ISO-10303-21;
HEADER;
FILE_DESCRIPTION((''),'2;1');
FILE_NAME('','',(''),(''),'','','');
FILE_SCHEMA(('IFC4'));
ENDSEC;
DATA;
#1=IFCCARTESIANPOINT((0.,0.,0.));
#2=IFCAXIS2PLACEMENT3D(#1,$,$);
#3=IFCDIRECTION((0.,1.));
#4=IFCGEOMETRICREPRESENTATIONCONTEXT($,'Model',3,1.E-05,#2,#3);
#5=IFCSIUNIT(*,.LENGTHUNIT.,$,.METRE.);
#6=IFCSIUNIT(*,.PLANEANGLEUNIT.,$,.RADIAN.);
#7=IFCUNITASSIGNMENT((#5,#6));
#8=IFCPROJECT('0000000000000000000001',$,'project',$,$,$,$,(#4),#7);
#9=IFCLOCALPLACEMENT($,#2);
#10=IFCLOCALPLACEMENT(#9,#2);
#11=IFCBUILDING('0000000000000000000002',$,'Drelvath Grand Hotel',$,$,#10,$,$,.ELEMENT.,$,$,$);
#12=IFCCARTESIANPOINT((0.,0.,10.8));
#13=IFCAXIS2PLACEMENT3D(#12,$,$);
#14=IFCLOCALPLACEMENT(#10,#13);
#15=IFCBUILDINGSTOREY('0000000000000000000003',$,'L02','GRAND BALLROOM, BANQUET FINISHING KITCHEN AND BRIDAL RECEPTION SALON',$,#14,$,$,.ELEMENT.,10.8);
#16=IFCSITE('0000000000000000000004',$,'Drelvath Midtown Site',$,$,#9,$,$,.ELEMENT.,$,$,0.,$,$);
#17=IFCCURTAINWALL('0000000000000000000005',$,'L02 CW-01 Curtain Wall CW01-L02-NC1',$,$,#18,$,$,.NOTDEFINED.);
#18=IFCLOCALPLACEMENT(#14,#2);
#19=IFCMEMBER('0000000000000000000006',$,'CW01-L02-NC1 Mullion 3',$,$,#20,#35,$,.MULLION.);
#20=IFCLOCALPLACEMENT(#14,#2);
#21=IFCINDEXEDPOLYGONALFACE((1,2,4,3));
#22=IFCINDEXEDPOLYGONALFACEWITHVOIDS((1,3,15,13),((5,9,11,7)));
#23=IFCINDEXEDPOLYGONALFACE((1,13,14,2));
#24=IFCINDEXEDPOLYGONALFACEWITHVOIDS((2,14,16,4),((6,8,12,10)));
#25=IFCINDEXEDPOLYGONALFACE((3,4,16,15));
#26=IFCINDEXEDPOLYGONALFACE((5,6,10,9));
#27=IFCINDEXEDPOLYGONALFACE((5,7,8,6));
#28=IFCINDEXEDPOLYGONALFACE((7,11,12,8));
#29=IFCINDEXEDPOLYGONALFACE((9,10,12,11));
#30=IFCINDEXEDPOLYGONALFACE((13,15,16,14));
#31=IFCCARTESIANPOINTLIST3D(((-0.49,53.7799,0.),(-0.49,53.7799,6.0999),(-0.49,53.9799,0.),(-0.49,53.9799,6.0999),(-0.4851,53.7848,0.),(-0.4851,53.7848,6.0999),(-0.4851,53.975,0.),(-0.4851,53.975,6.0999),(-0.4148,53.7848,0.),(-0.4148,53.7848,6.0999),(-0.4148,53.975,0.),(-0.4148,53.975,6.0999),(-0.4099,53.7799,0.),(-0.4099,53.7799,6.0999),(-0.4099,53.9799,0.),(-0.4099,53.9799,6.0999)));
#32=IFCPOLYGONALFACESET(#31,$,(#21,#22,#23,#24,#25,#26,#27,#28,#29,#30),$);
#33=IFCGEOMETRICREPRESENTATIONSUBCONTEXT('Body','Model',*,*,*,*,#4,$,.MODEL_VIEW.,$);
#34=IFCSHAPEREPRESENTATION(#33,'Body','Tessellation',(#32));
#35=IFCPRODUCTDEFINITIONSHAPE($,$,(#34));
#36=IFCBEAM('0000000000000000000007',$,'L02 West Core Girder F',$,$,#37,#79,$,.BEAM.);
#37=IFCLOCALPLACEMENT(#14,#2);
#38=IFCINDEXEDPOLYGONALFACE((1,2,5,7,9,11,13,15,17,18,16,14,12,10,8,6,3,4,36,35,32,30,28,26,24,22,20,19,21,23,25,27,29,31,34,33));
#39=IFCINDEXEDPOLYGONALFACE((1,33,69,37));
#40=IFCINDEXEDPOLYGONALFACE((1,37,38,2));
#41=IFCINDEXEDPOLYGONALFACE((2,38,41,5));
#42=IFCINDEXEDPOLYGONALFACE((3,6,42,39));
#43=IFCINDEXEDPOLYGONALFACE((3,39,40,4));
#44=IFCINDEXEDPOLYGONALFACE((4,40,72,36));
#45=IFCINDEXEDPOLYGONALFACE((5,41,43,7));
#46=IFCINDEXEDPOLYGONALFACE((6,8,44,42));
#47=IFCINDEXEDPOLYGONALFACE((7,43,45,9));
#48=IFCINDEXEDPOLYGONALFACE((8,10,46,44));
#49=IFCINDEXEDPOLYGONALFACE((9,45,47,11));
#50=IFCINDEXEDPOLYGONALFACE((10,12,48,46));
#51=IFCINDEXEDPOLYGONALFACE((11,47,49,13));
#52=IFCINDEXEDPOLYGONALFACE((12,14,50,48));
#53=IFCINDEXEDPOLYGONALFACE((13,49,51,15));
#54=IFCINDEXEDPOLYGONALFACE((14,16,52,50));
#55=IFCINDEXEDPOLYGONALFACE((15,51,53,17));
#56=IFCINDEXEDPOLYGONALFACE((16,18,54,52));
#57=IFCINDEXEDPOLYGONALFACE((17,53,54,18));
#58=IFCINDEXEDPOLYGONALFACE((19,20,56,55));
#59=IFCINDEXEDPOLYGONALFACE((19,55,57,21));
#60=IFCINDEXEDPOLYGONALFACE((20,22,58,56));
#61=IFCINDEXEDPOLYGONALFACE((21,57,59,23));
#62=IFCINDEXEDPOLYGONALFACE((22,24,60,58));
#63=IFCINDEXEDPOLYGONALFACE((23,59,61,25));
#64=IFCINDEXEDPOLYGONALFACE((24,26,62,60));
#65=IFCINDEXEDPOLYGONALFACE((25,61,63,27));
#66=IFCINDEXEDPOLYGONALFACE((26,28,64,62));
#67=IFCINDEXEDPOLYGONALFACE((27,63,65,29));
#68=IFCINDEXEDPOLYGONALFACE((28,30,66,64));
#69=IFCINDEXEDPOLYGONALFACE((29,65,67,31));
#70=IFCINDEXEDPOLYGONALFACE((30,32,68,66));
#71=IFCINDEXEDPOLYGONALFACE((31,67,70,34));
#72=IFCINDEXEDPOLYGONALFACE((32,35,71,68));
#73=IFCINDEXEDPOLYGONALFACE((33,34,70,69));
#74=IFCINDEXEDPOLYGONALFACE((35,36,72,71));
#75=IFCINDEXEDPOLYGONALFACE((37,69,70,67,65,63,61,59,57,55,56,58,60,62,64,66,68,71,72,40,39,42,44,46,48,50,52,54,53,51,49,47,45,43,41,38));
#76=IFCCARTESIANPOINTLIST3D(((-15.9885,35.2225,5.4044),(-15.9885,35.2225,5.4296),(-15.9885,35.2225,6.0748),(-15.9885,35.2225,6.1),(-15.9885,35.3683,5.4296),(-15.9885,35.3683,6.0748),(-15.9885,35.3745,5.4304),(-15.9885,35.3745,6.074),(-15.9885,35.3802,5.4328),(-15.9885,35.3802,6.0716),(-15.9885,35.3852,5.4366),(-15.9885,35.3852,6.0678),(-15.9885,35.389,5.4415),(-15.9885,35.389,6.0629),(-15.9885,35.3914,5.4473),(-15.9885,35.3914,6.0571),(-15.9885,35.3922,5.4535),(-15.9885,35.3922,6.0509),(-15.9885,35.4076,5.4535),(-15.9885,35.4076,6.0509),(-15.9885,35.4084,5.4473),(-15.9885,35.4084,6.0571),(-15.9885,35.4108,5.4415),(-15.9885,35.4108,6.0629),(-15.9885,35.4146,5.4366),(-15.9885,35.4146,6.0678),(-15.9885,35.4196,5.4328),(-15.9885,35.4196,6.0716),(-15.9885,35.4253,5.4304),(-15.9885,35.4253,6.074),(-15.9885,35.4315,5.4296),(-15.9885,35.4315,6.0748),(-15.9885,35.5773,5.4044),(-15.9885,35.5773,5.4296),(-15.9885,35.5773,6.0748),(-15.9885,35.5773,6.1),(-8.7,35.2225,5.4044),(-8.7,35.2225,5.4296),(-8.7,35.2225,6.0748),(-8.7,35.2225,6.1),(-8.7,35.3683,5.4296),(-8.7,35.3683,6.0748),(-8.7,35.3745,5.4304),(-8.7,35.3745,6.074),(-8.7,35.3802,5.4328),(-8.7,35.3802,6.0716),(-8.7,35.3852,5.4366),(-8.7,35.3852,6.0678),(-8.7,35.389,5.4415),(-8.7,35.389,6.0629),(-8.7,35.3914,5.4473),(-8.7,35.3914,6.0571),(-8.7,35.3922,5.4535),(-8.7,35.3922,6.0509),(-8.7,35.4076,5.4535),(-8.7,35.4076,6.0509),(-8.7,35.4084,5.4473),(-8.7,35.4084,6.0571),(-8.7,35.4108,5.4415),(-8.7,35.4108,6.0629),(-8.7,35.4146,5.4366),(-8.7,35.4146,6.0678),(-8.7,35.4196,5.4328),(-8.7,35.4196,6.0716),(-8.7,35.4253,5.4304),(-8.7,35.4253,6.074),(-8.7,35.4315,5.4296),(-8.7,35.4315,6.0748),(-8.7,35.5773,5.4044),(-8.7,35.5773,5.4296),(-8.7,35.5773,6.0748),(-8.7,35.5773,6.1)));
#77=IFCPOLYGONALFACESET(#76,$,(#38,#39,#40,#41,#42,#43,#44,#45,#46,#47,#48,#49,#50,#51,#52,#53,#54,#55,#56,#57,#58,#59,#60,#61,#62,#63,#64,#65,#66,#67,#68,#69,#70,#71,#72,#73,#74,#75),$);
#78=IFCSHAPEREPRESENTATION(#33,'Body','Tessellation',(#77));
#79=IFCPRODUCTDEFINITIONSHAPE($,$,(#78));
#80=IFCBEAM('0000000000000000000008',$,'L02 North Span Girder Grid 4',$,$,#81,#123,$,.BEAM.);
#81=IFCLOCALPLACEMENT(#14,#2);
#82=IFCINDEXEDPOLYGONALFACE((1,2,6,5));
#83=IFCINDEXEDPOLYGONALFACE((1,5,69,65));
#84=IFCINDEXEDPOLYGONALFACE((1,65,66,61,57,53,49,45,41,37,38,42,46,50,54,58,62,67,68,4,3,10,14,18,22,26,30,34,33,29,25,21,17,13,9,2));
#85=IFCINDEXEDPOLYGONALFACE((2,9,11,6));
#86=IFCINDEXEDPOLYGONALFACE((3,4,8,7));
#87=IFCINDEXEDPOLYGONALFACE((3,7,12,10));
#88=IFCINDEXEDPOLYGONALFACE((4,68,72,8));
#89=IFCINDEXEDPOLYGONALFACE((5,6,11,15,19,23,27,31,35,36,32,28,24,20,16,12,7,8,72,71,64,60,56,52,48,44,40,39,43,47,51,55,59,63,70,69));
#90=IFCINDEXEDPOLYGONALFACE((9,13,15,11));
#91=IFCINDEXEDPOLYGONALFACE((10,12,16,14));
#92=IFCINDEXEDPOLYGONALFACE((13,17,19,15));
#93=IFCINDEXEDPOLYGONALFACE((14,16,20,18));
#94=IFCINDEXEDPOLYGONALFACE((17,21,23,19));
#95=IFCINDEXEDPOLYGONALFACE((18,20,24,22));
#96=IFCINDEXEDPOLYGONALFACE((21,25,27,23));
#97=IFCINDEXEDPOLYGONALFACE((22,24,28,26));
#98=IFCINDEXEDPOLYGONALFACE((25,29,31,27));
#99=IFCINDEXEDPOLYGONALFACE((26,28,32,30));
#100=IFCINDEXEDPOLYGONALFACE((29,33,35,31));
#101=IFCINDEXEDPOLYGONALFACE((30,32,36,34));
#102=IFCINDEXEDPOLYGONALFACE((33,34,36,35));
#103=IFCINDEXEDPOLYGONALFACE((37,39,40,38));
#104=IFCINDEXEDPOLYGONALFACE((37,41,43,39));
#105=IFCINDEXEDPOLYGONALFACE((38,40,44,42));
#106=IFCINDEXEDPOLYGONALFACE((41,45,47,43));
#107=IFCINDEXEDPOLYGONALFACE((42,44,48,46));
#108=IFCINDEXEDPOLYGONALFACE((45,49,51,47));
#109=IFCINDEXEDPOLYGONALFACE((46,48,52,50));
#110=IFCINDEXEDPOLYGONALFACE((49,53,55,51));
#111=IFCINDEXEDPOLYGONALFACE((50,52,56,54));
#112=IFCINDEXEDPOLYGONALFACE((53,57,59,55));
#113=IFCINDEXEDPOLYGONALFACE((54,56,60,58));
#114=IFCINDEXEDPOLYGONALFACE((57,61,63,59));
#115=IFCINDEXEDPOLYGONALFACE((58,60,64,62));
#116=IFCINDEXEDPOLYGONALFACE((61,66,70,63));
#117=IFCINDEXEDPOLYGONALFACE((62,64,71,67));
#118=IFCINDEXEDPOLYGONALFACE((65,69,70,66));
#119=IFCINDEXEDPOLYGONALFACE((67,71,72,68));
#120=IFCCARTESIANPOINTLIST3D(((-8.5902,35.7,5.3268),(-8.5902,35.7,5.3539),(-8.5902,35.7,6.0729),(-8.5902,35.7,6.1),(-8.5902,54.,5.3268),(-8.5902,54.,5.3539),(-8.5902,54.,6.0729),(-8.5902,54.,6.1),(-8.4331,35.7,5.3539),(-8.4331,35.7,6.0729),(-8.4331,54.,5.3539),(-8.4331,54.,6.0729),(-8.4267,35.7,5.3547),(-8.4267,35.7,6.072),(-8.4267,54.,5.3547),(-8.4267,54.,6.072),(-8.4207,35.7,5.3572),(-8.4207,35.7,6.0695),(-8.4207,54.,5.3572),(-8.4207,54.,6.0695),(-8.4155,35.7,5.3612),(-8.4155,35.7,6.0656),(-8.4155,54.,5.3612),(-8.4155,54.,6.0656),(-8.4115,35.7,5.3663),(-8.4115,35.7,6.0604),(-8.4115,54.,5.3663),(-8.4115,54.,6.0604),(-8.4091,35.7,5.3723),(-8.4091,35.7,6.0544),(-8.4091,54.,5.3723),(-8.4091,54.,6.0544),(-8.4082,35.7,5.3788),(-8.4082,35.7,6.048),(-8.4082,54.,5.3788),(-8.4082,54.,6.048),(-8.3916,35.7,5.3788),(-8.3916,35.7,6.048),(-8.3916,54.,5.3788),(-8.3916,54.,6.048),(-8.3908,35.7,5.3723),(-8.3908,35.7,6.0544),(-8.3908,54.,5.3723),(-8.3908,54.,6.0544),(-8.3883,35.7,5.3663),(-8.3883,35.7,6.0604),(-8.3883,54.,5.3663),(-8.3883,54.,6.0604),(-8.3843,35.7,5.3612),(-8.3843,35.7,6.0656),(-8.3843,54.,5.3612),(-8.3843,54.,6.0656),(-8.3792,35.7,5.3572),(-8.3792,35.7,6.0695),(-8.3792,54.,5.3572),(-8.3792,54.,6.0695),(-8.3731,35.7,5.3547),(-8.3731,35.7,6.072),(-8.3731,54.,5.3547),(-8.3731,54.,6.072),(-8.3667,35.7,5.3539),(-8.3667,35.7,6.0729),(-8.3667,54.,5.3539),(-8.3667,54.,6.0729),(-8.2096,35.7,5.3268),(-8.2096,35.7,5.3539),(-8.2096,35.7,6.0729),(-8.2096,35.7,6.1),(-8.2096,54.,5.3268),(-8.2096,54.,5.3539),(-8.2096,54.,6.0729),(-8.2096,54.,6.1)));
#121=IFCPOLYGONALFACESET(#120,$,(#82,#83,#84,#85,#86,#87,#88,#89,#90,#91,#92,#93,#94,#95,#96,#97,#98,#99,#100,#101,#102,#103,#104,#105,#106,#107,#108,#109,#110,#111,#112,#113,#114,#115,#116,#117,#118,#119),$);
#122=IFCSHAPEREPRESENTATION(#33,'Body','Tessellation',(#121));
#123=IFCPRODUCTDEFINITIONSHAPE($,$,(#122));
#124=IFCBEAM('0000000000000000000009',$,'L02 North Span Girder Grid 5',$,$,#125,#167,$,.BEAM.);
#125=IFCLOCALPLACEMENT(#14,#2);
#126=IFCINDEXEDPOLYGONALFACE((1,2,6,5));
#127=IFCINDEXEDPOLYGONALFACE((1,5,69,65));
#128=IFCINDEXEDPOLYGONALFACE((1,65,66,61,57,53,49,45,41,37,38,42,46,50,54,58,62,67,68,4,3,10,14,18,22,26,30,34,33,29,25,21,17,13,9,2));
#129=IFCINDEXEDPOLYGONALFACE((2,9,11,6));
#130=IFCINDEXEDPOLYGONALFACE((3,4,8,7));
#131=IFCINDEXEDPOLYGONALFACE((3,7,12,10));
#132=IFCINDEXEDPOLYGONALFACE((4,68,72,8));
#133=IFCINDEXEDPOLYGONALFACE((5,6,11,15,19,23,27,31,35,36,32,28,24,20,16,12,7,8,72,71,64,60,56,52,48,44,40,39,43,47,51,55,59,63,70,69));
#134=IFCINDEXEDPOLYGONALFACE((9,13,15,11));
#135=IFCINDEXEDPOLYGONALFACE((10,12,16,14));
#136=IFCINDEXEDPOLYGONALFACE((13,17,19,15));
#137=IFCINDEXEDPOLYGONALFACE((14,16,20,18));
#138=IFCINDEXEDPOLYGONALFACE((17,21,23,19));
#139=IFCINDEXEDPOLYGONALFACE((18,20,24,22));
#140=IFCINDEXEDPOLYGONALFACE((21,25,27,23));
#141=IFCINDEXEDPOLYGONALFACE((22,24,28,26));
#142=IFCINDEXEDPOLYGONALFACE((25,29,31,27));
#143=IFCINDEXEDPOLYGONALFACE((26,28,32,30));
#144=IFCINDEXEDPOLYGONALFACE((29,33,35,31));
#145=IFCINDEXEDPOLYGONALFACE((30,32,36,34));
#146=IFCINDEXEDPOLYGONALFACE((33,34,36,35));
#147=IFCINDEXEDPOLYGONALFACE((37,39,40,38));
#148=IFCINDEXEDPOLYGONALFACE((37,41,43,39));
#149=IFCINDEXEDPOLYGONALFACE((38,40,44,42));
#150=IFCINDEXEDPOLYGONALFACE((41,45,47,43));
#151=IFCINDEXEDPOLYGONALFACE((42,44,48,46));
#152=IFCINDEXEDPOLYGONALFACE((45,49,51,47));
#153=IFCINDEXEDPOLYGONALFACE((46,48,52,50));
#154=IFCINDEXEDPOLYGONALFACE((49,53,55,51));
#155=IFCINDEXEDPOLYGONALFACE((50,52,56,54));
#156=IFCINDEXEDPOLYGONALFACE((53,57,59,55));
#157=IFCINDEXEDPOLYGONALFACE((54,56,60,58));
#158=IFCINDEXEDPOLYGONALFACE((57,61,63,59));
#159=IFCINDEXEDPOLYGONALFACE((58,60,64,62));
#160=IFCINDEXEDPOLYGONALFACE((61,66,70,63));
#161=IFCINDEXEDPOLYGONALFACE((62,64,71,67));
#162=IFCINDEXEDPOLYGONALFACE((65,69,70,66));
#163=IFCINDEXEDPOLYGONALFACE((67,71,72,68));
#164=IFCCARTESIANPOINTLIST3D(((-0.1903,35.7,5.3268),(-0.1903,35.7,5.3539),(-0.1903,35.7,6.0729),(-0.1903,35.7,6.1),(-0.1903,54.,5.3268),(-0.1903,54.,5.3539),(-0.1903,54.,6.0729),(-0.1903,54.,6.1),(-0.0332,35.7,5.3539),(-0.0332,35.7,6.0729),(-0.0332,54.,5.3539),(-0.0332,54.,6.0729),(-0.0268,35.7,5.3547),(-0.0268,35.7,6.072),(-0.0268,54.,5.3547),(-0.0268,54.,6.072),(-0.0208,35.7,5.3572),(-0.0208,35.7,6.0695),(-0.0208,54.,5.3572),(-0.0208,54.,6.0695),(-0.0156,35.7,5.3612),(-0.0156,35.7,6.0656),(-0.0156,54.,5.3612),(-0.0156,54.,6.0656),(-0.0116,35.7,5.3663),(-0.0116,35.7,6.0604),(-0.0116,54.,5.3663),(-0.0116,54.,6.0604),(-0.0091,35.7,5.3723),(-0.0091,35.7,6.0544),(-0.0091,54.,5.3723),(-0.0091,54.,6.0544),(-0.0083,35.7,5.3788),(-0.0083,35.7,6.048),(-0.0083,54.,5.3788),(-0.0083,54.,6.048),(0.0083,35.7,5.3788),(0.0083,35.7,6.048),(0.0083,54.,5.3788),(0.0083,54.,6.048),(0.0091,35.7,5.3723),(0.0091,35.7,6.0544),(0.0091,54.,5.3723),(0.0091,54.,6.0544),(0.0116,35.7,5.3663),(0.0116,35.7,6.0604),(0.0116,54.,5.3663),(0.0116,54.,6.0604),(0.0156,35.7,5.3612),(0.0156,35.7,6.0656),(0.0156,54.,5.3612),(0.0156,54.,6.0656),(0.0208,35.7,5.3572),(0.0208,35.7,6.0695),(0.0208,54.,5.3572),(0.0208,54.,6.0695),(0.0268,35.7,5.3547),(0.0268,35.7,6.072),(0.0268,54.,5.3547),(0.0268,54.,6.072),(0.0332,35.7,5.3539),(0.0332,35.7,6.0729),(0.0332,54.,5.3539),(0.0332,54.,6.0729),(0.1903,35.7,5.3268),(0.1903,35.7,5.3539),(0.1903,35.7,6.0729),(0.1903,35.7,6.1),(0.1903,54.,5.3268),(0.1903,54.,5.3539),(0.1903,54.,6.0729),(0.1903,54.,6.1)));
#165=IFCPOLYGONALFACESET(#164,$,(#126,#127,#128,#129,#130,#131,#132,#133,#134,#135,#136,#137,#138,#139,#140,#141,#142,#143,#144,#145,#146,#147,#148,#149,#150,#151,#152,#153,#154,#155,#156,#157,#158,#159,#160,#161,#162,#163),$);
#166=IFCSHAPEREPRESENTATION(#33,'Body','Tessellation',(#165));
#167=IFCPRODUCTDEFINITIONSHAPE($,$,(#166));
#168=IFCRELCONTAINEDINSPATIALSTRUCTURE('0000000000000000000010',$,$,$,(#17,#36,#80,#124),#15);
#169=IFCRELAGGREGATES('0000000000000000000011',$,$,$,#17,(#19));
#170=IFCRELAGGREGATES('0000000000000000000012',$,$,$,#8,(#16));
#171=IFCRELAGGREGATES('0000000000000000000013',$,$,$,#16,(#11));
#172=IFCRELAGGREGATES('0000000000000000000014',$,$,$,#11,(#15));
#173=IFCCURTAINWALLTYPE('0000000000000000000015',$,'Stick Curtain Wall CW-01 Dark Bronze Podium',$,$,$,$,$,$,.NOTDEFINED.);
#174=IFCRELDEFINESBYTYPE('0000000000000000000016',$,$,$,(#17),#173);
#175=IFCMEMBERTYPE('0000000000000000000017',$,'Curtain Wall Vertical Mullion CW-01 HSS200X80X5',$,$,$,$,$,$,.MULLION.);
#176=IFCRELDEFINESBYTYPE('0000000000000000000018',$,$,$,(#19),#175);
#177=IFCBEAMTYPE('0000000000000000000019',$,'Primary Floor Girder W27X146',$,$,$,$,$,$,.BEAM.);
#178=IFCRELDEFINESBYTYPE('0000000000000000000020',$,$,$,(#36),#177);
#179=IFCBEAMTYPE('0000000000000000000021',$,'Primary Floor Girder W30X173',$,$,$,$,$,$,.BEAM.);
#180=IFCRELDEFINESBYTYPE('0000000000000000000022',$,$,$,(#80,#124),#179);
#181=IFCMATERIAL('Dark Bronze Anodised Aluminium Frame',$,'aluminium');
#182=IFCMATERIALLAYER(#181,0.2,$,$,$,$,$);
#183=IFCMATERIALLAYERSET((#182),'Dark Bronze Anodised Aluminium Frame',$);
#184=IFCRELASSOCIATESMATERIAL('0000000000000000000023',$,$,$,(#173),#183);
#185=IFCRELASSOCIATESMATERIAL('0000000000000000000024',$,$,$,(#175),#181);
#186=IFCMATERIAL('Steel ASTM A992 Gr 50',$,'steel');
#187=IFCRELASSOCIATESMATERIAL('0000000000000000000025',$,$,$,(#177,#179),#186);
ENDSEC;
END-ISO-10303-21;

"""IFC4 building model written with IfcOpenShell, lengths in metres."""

from ifc_helpers import new_model, si_unit, direction, frame, origin, origin_2d, place, context, subcontext, project, spatial, hollow_rectangle, i_section, extrude, material, layer, layer_set, material_profile, profile_set, type_object, element, aggregate, save


model = new_model("IFC4")

# Units and contexts
model_context = context("Model", 3, precision=1e-05, world=origin(), true_north=direction((0.0, 1.0)))
body_context = subcontext(model_context, "Body", "Model", "MODEL_VIEW")
ifc_project = project(units=[si_unit("LENGTHUNIT", "METRE"), si_unit("PLANEANGLEUNIT", "RADIAN")], contexts=[model_context])

# Site, building, storey
site_placement = place(None, origin())
site = spatial("IfcSite", under=ifc_project, at=site_placement, Name="Drelvath Midtown Site", CompositionType="ELEMENT", RefElevation=0.0)
building_placement = place(site_placement, origin())
building = spatial("IfcBuilding", under=site, at=building_placement, Name="Drelvath Grand Hotel", CompositionType="ELEMENT")
storey_placement = place(building_placement, frame((0.0, 0.0, 10.8)))
storey = spatial("IfcBuildingStorey", under=building, at=storey_placement, Name="L02", Description="GRAND BALLROOM, BANQUET FINISHING KITCHEN AND BRIDAL RECEPTION SALON", CompositionType="ELEMENT", Elevation=10.8)

# Curtain wall, member
ifc_material_1 = material(Name="Dark Bronze Anodised Aluminium Frame", Category="aluminium")
ifc_layer_1 = layer(ifc_material_1, 0.2)
ifc_layer_set_1 = layer_set([ifc_layer_1], Name="Dark Bronze Anodised Aluminium Frame")
curtain_wall_type = type_object("IfcCurtainWallType", Name="Stick Curtain Wall CW-01 Dark Bronze Podium", PredefinedType="NOTDEFINED", material=ifc_layer_set_1)
curtain_wall_placement = place(storey_placement, origin())
curtain_wall = element("IfcCurtainWall", 1, at=curtain_wall_placement, inside=storey, type_object=curtain_wall_type, Name="L02 CW-01 Curtain Wall CW01-L02-NC1", PredefinedType="NOTDEFINED")
ifc_material_profile_1 = material_profile(ifc_material_1, hollow_rectangle(XDim=0.0801, YDim=0.2, WallThickness=0.0049, at=origin_2d()), Name="HSS200X80X5")
ifc_profile_set_1 = profile_set([ifc_material_profile_1], Name="Dark Bronze Anodised Aluminium Frame")
member_type_1 = type_object("IfcMemberType", Name="Curtain Wall Vertical Mullion CW-01 HSS200X80X5", PredefinedType="MULLION", material=ifc_profile_set_1)
member_1_placement = place(storey_placement, frame((-0.45, 53.8799, 0.0), z_axis=(0.0, 0.0, 1.0), x_axis=(1.0, 0.0, 0.0)))
member_1 = element("IfcMember", 2, at=member_1_placement, type_object=member_type_1, Name="CW01-L02-NC1 Mullion 3", PredefinedType="MULLION", context=body_context, shape_type="SweptSolid", body=[
    extrude(hollow_rectangle(XDim=0.0801, YDim=0.2, WallThickness=0.0049, at=origin_2d()), origin(), (0.0, 0.0, 1.0), 6.0999),
])

# Beams
ifc_material_2 = material(Name="Steel ASTM A992 Gr 50", Category="steel")
ifc_material_profile_2 = material_profile(ifc_material_2, i_section(OverallWidth=0.3547, OverallDepth=0.6956, WebThickness=0.0154, FlangeThickness=0.0251, FilletRadius=0.0239, at=origin_2d()), Name="W27X146")
ifc_profile_set_2 = profile_set([ifc_material_profile_2], Name="Steel ASTM A992 Gr 50")
beam_type_1 = type_object("IfcBeamType", Name="Primary Floor Girder W27X146", PredefinedType="BEAM", material=ifc_profile_set_2)
beam_1_placement = place(storey_placement, frame((-15.9885, 35.3999, 5.7522), z_axis=(1.0, 0.0, 0.0), x_axis=(0.0, 1.0, 0.0)))
element("IfcBeam", 3, at=beam_1_placement, inside=storey, type_object=beam_type_1, Name="L02 West Core Girder F", PredefinedType="BEAM", context=body_context, shape_type="SweptSolid", body=[
    extrude(i_section(OverallWidth=0.3547, OverallDepth=0.6956, WebThickness=0.0154, FlangeThickness=0.0251, FilletRadius=0.0239, at=origin_2d()), origin(), (0.0, 0.0, 1.0), 7.2886),
])
ifc_material_profile_3 = material_profile(ifc_material_2, i_section(OverallWidth=0.3806, OverallDepth=0.7732, WebThickness=0.0166, FlangeThickness=0.0271, FilletRadius=0.0249, at=origin_2d()), Name="W30X173")
ifc_profile_set_3 = profile_set([ifc_material_profile_3], Name="Steel ASTM A992 Gr 50")
beam_type_2 = type_object("IfcBeamType", Name="Primary Floor Girder W30X173", PredefinedType="BEAM", material=ifc_profile_set_3)
for number, where, z_axis, x_axis, name in (
    (4, (-8.3999, 35.7, 5.7134), (0.0, 1.0, 0.0), (-1.0, 0.0, 0.0), "L02 North Span Girder Grid 4"),
    (5, (0.0, 35.7, 5.7134), (0.0, 1.0, 0.0), (-1.0, 0.0, 0.0), "L02 North Span Girder Grid 5"),
):
    element("IfcBeam", number, at=place(storey_placement, frame(where, z_axis=z_axis, x_axis=x_axis)), inside=storey, type_object=beam_type_2, Name=name, PredefinedType="BEAM", context=body_context, shape_type="SweptSolid", body=[
        extrude(i_section(OverallWidth=0.3806, OverallDepth=0.7732, WebThickness=0.0166, FlangeThickness=0.0271, FilletRadius=0.0249, at=origin_2d()), origin(), (0.0, 0.0, 1.0), 18.3),
    ])

aggregate(curtain_wall, [member_1])

save(model, "model.ifc")
